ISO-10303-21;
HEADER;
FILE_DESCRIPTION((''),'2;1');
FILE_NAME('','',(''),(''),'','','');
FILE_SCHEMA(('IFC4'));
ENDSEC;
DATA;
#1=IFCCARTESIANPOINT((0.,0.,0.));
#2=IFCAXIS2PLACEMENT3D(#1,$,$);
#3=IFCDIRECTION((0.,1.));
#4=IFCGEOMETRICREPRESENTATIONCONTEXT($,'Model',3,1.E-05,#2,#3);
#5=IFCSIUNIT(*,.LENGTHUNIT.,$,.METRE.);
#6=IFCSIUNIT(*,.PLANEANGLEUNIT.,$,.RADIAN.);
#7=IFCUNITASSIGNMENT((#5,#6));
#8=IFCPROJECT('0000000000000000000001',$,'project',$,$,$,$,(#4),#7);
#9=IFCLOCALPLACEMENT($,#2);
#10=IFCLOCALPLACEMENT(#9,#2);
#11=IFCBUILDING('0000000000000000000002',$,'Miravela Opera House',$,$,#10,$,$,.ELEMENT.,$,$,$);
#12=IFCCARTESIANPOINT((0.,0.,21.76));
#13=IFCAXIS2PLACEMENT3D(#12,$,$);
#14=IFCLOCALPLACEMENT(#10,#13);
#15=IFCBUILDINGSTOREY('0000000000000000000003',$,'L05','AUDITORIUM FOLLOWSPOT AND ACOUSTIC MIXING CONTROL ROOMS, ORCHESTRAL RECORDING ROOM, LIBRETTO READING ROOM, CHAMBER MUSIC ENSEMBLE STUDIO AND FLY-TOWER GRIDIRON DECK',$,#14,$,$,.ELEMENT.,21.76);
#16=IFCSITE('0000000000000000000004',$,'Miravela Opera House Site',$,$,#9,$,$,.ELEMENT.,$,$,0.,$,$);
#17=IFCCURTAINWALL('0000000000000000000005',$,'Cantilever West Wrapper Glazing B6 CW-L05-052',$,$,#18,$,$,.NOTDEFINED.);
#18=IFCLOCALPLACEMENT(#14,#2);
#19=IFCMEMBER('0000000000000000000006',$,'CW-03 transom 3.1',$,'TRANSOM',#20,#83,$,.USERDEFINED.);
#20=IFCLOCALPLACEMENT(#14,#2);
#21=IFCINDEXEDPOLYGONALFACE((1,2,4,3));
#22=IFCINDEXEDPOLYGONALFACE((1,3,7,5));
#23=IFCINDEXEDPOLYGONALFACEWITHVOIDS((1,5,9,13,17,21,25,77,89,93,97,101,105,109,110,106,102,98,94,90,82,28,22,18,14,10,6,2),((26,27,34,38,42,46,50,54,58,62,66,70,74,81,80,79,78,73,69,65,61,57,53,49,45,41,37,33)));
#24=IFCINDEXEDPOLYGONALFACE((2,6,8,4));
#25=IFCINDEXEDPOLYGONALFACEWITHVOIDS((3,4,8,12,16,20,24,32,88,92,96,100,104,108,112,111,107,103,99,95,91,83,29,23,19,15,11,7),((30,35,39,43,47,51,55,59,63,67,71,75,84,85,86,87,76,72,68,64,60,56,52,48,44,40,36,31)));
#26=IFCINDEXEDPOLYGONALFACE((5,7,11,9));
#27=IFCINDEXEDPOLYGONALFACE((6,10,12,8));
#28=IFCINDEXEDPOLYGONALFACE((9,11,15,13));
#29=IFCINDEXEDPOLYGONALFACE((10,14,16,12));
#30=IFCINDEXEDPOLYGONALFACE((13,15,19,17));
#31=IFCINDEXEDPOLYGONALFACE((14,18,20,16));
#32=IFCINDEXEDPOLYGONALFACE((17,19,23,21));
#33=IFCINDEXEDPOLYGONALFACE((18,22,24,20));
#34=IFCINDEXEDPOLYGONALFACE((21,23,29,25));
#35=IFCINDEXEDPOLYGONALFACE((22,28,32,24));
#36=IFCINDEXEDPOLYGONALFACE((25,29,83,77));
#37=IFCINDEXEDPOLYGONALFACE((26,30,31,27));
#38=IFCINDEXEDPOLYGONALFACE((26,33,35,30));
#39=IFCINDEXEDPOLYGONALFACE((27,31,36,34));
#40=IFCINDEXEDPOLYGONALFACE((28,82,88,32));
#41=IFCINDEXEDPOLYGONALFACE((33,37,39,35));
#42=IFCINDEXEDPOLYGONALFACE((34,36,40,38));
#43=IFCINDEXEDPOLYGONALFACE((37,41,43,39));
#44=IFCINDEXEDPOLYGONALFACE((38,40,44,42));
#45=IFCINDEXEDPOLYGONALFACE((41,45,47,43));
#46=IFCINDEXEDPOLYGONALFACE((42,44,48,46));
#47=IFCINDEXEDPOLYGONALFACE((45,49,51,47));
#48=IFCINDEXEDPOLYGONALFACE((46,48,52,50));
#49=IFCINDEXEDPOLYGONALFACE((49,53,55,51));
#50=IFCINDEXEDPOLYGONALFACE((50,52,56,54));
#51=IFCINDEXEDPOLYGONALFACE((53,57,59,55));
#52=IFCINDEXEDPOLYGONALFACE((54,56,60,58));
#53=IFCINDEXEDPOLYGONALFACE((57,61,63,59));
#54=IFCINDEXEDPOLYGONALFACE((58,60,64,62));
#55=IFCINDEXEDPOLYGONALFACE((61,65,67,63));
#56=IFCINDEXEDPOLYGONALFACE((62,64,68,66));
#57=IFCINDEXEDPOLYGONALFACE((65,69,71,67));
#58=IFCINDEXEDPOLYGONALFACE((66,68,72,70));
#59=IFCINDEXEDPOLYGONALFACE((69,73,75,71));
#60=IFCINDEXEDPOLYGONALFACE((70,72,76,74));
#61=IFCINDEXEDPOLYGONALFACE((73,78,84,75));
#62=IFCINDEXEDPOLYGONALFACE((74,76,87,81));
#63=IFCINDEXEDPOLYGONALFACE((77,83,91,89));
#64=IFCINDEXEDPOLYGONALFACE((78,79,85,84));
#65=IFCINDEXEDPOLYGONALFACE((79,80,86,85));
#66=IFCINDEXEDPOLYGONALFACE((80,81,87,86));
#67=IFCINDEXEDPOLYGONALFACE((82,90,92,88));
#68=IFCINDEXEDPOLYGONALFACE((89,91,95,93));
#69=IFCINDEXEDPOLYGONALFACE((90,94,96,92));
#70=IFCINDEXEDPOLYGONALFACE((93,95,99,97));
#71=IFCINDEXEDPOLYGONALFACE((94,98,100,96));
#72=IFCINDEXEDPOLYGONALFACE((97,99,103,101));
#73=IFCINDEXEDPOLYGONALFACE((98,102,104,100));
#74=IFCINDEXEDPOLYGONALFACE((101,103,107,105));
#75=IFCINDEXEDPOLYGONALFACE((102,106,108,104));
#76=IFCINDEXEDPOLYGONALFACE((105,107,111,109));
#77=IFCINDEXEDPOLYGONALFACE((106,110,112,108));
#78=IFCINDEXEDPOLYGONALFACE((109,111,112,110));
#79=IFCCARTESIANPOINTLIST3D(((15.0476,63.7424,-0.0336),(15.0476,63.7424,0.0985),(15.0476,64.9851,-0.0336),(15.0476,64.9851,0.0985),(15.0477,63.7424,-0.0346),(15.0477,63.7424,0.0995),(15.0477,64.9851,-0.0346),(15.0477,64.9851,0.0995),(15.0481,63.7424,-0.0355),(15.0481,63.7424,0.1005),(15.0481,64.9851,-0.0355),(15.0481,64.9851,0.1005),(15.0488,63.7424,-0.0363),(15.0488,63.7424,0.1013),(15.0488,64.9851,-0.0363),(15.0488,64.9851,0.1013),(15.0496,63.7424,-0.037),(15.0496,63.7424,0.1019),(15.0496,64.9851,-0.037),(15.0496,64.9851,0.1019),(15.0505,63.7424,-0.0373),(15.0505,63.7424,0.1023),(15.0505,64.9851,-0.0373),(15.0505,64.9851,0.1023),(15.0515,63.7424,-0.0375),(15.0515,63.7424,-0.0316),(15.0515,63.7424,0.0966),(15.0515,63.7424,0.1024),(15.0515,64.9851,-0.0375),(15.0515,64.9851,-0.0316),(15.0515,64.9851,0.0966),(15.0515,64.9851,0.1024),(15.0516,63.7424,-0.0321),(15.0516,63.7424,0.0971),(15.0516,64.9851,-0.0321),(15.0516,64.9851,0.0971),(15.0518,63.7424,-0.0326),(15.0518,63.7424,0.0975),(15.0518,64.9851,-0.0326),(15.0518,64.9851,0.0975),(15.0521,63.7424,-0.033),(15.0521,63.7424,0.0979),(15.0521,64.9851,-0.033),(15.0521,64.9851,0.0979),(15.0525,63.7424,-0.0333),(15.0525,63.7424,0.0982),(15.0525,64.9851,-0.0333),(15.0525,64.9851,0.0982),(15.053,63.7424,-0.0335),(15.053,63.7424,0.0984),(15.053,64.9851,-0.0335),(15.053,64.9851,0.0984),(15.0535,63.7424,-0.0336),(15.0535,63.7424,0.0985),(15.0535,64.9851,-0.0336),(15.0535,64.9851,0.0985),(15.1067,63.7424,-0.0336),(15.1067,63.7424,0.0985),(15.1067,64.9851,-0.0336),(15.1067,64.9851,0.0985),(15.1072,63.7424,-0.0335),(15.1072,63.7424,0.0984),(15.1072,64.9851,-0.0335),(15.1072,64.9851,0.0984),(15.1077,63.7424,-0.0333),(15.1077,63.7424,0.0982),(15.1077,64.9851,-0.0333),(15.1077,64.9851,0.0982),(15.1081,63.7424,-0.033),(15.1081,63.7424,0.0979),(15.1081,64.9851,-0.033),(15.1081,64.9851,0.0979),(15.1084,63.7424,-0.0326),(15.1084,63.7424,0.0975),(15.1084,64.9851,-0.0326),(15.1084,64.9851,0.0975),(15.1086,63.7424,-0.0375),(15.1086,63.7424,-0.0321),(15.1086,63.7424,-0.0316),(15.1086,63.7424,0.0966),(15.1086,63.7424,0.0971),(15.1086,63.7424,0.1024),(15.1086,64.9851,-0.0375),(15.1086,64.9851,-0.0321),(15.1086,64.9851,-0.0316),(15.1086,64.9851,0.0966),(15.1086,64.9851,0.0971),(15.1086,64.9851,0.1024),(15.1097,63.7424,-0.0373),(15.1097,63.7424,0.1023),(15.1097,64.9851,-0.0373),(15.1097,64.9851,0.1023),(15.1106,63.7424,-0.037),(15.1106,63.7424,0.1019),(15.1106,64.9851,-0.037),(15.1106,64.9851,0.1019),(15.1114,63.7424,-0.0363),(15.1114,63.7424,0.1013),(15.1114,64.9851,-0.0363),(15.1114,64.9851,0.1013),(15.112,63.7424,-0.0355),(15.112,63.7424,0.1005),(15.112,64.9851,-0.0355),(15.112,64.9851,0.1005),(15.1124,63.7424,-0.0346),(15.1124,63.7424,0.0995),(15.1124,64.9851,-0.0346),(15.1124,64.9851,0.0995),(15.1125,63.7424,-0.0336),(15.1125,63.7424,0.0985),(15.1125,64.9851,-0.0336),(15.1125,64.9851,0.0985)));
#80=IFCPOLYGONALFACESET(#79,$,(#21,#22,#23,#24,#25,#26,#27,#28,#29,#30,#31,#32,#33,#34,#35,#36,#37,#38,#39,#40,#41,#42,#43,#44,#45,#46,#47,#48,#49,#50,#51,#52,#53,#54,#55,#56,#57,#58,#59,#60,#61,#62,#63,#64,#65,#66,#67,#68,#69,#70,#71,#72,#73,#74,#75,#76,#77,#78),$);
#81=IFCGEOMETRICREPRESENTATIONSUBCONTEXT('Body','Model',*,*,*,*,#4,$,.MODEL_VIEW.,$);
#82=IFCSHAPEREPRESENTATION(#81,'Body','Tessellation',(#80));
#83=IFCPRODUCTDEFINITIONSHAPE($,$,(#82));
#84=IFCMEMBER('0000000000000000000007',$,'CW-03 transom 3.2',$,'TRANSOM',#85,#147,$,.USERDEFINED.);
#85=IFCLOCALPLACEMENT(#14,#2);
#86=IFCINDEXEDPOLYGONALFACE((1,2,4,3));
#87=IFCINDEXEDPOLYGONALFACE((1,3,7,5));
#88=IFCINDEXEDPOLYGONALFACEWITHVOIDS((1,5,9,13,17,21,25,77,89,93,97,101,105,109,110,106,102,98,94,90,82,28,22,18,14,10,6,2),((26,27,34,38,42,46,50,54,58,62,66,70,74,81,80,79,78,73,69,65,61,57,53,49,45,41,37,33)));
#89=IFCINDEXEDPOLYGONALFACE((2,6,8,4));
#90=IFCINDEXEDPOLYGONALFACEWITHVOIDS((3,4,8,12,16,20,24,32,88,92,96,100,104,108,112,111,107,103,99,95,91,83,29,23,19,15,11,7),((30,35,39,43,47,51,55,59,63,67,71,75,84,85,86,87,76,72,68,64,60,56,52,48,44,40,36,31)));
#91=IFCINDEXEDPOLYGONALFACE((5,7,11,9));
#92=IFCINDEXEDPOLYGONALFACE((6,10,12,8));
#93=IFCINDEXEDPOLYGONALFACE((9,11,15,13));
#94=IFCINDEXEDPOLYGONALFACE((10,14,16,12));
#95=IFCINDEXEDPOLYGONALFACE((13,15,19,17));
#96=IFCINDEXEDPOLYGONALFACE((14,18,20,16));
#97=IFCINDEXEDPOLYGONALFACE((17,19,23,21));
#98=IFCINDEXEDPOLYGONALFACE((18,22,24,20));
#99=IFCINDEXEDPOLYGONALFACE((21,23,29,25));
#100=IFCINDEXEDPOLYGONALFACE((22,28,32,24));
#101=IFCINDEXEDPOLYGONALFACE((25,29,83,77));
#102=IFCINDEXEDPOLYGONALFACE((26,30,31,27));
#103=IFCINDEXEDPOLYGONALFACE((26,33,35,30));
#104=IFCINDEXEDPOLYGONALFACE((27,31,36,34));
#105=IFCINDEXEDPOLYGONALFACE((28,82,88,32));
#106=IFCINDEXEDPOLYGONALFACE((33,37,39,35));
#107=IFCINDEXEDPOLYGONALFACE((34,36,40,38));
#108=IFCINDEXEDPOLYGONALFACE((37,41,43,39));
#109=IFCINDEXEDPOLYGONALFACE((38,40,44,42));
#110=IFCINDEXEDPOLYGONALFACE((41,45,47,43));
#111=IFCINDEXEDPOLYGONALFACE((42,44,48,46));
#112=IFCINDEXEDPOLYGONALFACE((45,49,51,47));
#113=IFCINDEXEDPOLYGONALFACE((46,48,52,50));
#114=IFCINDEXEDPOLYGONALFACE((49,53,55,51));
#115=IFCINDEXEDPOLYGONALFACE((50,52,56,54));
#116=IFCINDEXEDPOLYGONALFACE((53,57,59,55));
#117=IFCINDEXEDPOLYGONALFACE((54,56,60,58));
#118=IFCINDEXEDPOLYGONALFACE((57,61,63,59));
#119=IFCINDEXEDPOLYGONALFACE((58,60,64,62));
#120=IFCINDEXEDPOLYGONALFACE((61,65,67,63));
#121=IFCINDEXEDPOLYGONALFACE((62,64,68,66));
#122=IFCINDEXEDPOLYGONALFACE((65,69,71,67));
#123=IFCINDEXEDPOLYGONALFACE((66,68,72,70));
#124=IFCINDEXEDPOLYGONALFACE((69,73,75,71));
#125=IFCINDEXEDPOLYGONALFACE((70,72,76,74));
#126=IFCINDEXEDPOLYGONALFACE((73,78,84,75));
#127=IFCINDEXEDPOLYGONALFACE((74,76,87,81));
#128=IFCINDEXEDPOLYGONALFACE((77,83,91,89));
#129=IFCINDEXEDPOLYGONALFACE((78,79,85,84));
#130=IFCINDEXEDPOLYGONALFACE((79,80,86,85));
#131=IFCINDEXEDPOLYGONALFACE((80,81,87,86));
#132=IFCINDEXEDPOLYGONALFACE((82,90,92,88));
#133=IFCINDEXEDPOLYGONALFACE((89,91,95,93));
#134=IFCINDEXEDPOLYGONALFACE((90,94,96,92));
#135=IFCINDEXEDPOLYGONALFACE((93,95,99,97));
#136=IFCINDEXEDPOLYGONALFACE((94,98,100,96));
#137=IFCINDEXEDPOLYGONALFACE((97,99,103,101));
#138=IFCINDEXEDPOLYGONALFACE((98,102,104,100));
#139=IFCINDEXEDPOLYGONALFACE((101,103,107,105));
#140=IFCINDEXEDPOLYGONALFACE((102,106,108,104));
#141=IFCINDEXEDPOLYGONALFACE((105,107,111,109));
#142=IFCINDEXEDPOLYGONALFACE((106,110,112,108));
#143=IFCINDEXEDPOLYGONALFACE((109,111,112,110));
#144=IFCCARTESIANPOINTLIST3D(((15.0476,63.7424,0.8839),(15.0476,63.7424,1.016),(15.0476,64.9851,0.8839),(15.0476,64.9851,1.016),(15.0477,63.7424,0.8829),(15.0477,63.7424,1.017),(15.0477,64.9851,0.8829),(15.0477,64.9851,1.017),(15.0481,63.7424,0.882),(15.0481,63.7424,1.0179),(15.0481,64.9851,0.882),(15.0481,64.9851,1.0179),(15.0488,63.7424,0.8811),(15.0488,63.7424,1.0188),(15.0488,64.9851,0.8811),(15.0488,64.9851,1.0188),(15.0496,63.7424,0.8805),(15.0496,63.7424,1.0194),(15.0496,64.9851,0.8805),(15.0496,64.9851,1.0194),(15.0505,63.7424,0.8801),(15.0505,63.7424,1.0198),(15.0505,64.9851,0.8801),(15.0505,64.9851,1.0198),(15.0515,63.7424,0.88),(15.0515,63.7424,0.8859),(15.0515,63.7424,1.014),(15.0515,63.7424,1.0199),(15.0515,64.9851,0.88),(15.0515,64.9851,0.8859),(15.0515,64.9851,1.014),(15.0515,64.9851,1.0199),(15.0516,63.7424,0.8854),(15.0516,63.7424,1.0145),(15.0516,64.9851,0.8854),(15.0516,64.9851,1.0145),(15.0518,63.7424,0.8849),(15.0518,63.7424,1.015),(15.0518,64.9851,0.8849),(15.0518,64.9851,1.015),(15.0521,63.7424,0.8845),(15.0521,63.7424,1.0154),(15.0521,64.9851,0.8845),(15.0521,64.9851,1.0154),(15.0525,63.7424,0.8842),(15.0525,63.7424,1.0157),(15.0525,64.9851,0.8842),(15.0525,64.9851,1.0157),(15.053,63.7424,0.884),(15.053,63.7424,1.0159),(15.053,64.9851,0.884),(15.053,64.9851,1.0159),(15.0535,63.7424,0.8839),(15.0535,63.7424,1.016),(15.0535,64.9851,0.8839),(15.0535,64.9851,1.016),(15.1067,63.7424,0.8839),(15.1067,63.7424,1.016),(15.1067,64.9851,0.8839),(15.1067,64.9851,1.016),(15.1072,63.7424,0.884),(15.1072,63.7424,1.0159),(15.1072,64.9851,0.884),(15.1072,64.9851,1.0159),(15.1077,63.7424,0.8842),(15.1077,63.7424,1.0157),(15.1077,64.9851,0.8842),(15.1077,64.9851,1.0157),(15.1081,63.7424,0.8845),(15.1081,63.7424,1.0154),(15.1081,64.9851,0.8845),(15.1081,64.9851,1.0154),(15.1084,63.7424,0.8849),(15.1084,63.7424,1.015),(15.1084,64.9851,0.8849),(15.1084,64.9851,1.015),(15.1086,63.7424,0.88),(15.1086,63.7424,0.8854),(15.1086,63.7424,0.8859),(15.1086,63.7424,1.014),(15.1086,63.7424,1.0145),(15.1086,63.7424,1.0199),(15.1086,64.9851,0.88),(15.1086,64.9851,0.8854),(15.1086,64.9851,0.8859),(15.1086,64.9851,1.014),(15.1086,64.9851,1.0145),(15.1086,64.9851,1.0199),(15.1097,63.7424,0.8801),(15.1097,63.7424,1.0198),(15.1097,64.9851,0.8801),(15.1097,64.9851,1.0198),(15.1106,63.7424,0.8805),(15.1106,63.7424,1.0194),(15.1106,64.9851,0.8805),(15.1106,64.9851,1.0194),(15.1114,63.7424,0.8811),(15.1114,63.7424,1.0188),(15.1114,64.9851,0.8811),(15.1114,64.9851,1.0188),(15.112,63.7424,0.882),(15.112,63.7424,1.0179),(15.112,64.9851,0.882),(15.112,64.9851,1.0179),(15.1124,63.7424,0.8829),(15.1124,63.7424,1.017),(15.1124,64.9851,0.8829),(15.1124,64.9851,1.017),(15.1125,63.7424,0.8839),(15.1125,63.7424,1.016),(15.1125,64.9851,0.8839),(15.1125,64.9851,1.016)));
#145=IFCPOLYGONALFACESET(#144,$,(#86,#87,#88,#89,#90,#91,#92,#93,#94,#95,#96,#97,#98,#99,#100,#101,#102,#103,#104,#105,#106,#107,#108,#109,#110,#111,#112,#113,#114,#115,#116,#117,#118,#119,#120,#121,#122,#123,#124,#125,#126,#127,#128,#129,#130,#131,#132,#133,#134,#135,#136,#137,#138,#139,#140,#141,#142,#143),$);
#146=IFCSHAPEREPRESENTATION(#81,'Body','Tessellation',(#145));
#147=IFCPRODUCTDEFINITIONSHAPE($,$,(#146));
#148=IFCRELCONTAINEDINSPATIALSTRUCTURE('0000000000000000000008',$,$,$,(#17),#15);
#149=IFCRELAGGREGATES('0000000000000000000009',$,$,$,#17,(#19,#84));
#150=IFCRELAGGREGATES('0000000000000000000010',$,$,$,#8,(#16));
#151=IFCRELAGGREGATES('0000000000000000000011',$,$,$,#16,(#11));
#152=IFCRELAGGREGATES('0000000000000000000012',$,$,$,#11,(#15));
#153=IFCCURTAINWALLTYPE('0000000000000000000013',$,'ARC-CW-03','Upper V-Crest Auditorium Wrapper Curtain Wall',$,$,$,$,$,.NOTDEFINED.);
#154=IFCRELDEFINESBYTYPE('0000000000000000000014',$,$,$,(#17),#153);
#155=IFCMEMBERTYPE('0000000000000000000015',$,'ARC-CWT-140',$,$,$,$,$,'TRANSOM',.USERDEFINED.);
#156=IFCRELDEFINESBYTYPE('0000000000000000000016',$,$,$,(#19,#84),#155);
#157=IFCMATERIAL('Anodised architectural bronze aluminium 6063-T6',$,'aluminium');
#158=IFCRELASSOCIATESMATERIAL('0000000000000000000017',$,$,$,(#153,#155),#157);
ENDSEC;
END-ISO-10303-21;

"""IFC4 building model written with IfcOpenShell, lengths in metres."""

from ifc_helpers import new_model, si_unit, direction, frame, origin, origin_2d, place, context, subcontext, project, spatial, hollow_rectangle, extrude, material, material_profile, profile_set, type_object, element, aggregate, save


model = new_model("IFC4")

# Units and contexts
model_context = context("Model", 3, precision=1e-05, world=origin(), true_north=direction((0.0, 1.0)))
body_context = subcontext(model_context, "Body", "Model", "MODEL_VIEW")
ifc_project = project(units=[si_unit("LENGTHUNIT", "METRE"), si_unit("PLANEANGLEUNIT", "RADIAN")], contexts=[model_context])

# Site, building, storey
site_placement = place(None, origin())
site = spatial("IfcSite", under=ifc_project, at=site_placement, Name="Miravela Opera House Site", CompositionType="ELEMENT", RefElevation=0.0)
building_placement = place(site_placement, origin())
building = spatial("IfcBuilding", under=site, at=building_placement, Name="Miravela Opera House", CompositionType="ELEMENT")
storey_placement = place(building_placement, frame((0.0, 0.0, 21.76)))
storey = spatial("IfcBuildingStorey", under=building, at=storey_placement, Name="L05", Description="AUDITORIUM FOLLOWSPOT AND ACOUSTIC MIXING CONTROL ROOMS, ORCHESTRAL RECORDING ROOM, LIBRETTO READING ROOM, CHAMBER MUSIC ENSEMBLE STUDIO AND FLY-TOWER GRIDIRON DECK", CompositionType="ELEMENT", Elevation=21.76)

# Curtain wall
ifc_material_1 = material(Name="Anodised architectural bronze aluminium 6063-T6", Category="aluminium")
curtain_wall_type = type_object("IfcCurtainWallType", Name="ARC-CW-03", Description="Upper V-Crest Auditorium Wrapper Curtain Wall", PredefinedType="NOTDEFINED", material=ifc_material_1)
curtain_wall_1_placement = place(storey_placement, origin())
curtain_wall_1 = element("IfcCurtainWall", 1, at=curtain_wall_1_placement, inside=storey, type_object=curtain_wall_type, Name="Cantilever West Wrapper Glazing B6 CW-L05-052", PredefinedType="NOTDEFINED")

# Members
ifc_material_profile_1 = material_profile(ifc_material_1, hollow_rectangle(XDim=0.0649, YDim=0.1399, WallThickness=0.0039, InnerFilletRadius=0.002, OuterFilletRadius=0.0039, at=origin_2d()), Name="CWT-65X140")
ifc_profile_set_1 = profile_set([ifc_material_profile_1])
member_type_1 = type_object("IfcMemberType", Name="ARC-CWT-140", ElementType="TRANSOM", PredefinedType="USERDEFINED", material=ifc_profile_set_1)
member_1_placement = place(storey_placement, frame((15.0801, 63.7424, 0.0325), z_axis=(0.0, 1.0, 0.0), x_axis=(-1.0, 0.0, 0.0)))
member_1 = element("IfcMember", 2, at=member_1_placement, type_object=member_type_1, Name="CW-03 transom 3.1", ObjectType="TRANSOM", PredefinedType="USERDEFINED", context=body_context, shape_type="SweptSolid", body=[
    extrude(hollow_rectangle(XDim=0.0649, YDim=0.1399, WallThickness=0.0039, InnerFilletRadius=0.002, OuterFilletRadius=0.0039, at=origin_2d()), origin(), (0.0, 0.0, 1.0), 1.2427),
])
member_2_placement = place(storey_placement, frame((15.0801, 63.7424, 0.95), z_axis=(0.0, 1.0, 0.0), x_axis=(-1.0, 0.0, 0.0)))
member_2 = element("IfcMember", 3, at=member_2_placement, type_object=member_type_1, Name="CW-03 transom 3.2", ObjectType="TRANSOM", PredefinedType="USERDEFINED", context=body_context, shape_type="SweptSolid", body=[
    extrude(hollow_rectangle(XDim=0.0649, YDim=0.1399, WallThickness=0.0039, InnerFilletRadius=0.002, OuterFilletRadius=0.0039, at=origin_2d()), origin(), (0.0, 0.0, 1.0), 1.2427),
])

aggregate(curtain_wall_1, [member_1, member_2])

save(model, "model.ifc")
